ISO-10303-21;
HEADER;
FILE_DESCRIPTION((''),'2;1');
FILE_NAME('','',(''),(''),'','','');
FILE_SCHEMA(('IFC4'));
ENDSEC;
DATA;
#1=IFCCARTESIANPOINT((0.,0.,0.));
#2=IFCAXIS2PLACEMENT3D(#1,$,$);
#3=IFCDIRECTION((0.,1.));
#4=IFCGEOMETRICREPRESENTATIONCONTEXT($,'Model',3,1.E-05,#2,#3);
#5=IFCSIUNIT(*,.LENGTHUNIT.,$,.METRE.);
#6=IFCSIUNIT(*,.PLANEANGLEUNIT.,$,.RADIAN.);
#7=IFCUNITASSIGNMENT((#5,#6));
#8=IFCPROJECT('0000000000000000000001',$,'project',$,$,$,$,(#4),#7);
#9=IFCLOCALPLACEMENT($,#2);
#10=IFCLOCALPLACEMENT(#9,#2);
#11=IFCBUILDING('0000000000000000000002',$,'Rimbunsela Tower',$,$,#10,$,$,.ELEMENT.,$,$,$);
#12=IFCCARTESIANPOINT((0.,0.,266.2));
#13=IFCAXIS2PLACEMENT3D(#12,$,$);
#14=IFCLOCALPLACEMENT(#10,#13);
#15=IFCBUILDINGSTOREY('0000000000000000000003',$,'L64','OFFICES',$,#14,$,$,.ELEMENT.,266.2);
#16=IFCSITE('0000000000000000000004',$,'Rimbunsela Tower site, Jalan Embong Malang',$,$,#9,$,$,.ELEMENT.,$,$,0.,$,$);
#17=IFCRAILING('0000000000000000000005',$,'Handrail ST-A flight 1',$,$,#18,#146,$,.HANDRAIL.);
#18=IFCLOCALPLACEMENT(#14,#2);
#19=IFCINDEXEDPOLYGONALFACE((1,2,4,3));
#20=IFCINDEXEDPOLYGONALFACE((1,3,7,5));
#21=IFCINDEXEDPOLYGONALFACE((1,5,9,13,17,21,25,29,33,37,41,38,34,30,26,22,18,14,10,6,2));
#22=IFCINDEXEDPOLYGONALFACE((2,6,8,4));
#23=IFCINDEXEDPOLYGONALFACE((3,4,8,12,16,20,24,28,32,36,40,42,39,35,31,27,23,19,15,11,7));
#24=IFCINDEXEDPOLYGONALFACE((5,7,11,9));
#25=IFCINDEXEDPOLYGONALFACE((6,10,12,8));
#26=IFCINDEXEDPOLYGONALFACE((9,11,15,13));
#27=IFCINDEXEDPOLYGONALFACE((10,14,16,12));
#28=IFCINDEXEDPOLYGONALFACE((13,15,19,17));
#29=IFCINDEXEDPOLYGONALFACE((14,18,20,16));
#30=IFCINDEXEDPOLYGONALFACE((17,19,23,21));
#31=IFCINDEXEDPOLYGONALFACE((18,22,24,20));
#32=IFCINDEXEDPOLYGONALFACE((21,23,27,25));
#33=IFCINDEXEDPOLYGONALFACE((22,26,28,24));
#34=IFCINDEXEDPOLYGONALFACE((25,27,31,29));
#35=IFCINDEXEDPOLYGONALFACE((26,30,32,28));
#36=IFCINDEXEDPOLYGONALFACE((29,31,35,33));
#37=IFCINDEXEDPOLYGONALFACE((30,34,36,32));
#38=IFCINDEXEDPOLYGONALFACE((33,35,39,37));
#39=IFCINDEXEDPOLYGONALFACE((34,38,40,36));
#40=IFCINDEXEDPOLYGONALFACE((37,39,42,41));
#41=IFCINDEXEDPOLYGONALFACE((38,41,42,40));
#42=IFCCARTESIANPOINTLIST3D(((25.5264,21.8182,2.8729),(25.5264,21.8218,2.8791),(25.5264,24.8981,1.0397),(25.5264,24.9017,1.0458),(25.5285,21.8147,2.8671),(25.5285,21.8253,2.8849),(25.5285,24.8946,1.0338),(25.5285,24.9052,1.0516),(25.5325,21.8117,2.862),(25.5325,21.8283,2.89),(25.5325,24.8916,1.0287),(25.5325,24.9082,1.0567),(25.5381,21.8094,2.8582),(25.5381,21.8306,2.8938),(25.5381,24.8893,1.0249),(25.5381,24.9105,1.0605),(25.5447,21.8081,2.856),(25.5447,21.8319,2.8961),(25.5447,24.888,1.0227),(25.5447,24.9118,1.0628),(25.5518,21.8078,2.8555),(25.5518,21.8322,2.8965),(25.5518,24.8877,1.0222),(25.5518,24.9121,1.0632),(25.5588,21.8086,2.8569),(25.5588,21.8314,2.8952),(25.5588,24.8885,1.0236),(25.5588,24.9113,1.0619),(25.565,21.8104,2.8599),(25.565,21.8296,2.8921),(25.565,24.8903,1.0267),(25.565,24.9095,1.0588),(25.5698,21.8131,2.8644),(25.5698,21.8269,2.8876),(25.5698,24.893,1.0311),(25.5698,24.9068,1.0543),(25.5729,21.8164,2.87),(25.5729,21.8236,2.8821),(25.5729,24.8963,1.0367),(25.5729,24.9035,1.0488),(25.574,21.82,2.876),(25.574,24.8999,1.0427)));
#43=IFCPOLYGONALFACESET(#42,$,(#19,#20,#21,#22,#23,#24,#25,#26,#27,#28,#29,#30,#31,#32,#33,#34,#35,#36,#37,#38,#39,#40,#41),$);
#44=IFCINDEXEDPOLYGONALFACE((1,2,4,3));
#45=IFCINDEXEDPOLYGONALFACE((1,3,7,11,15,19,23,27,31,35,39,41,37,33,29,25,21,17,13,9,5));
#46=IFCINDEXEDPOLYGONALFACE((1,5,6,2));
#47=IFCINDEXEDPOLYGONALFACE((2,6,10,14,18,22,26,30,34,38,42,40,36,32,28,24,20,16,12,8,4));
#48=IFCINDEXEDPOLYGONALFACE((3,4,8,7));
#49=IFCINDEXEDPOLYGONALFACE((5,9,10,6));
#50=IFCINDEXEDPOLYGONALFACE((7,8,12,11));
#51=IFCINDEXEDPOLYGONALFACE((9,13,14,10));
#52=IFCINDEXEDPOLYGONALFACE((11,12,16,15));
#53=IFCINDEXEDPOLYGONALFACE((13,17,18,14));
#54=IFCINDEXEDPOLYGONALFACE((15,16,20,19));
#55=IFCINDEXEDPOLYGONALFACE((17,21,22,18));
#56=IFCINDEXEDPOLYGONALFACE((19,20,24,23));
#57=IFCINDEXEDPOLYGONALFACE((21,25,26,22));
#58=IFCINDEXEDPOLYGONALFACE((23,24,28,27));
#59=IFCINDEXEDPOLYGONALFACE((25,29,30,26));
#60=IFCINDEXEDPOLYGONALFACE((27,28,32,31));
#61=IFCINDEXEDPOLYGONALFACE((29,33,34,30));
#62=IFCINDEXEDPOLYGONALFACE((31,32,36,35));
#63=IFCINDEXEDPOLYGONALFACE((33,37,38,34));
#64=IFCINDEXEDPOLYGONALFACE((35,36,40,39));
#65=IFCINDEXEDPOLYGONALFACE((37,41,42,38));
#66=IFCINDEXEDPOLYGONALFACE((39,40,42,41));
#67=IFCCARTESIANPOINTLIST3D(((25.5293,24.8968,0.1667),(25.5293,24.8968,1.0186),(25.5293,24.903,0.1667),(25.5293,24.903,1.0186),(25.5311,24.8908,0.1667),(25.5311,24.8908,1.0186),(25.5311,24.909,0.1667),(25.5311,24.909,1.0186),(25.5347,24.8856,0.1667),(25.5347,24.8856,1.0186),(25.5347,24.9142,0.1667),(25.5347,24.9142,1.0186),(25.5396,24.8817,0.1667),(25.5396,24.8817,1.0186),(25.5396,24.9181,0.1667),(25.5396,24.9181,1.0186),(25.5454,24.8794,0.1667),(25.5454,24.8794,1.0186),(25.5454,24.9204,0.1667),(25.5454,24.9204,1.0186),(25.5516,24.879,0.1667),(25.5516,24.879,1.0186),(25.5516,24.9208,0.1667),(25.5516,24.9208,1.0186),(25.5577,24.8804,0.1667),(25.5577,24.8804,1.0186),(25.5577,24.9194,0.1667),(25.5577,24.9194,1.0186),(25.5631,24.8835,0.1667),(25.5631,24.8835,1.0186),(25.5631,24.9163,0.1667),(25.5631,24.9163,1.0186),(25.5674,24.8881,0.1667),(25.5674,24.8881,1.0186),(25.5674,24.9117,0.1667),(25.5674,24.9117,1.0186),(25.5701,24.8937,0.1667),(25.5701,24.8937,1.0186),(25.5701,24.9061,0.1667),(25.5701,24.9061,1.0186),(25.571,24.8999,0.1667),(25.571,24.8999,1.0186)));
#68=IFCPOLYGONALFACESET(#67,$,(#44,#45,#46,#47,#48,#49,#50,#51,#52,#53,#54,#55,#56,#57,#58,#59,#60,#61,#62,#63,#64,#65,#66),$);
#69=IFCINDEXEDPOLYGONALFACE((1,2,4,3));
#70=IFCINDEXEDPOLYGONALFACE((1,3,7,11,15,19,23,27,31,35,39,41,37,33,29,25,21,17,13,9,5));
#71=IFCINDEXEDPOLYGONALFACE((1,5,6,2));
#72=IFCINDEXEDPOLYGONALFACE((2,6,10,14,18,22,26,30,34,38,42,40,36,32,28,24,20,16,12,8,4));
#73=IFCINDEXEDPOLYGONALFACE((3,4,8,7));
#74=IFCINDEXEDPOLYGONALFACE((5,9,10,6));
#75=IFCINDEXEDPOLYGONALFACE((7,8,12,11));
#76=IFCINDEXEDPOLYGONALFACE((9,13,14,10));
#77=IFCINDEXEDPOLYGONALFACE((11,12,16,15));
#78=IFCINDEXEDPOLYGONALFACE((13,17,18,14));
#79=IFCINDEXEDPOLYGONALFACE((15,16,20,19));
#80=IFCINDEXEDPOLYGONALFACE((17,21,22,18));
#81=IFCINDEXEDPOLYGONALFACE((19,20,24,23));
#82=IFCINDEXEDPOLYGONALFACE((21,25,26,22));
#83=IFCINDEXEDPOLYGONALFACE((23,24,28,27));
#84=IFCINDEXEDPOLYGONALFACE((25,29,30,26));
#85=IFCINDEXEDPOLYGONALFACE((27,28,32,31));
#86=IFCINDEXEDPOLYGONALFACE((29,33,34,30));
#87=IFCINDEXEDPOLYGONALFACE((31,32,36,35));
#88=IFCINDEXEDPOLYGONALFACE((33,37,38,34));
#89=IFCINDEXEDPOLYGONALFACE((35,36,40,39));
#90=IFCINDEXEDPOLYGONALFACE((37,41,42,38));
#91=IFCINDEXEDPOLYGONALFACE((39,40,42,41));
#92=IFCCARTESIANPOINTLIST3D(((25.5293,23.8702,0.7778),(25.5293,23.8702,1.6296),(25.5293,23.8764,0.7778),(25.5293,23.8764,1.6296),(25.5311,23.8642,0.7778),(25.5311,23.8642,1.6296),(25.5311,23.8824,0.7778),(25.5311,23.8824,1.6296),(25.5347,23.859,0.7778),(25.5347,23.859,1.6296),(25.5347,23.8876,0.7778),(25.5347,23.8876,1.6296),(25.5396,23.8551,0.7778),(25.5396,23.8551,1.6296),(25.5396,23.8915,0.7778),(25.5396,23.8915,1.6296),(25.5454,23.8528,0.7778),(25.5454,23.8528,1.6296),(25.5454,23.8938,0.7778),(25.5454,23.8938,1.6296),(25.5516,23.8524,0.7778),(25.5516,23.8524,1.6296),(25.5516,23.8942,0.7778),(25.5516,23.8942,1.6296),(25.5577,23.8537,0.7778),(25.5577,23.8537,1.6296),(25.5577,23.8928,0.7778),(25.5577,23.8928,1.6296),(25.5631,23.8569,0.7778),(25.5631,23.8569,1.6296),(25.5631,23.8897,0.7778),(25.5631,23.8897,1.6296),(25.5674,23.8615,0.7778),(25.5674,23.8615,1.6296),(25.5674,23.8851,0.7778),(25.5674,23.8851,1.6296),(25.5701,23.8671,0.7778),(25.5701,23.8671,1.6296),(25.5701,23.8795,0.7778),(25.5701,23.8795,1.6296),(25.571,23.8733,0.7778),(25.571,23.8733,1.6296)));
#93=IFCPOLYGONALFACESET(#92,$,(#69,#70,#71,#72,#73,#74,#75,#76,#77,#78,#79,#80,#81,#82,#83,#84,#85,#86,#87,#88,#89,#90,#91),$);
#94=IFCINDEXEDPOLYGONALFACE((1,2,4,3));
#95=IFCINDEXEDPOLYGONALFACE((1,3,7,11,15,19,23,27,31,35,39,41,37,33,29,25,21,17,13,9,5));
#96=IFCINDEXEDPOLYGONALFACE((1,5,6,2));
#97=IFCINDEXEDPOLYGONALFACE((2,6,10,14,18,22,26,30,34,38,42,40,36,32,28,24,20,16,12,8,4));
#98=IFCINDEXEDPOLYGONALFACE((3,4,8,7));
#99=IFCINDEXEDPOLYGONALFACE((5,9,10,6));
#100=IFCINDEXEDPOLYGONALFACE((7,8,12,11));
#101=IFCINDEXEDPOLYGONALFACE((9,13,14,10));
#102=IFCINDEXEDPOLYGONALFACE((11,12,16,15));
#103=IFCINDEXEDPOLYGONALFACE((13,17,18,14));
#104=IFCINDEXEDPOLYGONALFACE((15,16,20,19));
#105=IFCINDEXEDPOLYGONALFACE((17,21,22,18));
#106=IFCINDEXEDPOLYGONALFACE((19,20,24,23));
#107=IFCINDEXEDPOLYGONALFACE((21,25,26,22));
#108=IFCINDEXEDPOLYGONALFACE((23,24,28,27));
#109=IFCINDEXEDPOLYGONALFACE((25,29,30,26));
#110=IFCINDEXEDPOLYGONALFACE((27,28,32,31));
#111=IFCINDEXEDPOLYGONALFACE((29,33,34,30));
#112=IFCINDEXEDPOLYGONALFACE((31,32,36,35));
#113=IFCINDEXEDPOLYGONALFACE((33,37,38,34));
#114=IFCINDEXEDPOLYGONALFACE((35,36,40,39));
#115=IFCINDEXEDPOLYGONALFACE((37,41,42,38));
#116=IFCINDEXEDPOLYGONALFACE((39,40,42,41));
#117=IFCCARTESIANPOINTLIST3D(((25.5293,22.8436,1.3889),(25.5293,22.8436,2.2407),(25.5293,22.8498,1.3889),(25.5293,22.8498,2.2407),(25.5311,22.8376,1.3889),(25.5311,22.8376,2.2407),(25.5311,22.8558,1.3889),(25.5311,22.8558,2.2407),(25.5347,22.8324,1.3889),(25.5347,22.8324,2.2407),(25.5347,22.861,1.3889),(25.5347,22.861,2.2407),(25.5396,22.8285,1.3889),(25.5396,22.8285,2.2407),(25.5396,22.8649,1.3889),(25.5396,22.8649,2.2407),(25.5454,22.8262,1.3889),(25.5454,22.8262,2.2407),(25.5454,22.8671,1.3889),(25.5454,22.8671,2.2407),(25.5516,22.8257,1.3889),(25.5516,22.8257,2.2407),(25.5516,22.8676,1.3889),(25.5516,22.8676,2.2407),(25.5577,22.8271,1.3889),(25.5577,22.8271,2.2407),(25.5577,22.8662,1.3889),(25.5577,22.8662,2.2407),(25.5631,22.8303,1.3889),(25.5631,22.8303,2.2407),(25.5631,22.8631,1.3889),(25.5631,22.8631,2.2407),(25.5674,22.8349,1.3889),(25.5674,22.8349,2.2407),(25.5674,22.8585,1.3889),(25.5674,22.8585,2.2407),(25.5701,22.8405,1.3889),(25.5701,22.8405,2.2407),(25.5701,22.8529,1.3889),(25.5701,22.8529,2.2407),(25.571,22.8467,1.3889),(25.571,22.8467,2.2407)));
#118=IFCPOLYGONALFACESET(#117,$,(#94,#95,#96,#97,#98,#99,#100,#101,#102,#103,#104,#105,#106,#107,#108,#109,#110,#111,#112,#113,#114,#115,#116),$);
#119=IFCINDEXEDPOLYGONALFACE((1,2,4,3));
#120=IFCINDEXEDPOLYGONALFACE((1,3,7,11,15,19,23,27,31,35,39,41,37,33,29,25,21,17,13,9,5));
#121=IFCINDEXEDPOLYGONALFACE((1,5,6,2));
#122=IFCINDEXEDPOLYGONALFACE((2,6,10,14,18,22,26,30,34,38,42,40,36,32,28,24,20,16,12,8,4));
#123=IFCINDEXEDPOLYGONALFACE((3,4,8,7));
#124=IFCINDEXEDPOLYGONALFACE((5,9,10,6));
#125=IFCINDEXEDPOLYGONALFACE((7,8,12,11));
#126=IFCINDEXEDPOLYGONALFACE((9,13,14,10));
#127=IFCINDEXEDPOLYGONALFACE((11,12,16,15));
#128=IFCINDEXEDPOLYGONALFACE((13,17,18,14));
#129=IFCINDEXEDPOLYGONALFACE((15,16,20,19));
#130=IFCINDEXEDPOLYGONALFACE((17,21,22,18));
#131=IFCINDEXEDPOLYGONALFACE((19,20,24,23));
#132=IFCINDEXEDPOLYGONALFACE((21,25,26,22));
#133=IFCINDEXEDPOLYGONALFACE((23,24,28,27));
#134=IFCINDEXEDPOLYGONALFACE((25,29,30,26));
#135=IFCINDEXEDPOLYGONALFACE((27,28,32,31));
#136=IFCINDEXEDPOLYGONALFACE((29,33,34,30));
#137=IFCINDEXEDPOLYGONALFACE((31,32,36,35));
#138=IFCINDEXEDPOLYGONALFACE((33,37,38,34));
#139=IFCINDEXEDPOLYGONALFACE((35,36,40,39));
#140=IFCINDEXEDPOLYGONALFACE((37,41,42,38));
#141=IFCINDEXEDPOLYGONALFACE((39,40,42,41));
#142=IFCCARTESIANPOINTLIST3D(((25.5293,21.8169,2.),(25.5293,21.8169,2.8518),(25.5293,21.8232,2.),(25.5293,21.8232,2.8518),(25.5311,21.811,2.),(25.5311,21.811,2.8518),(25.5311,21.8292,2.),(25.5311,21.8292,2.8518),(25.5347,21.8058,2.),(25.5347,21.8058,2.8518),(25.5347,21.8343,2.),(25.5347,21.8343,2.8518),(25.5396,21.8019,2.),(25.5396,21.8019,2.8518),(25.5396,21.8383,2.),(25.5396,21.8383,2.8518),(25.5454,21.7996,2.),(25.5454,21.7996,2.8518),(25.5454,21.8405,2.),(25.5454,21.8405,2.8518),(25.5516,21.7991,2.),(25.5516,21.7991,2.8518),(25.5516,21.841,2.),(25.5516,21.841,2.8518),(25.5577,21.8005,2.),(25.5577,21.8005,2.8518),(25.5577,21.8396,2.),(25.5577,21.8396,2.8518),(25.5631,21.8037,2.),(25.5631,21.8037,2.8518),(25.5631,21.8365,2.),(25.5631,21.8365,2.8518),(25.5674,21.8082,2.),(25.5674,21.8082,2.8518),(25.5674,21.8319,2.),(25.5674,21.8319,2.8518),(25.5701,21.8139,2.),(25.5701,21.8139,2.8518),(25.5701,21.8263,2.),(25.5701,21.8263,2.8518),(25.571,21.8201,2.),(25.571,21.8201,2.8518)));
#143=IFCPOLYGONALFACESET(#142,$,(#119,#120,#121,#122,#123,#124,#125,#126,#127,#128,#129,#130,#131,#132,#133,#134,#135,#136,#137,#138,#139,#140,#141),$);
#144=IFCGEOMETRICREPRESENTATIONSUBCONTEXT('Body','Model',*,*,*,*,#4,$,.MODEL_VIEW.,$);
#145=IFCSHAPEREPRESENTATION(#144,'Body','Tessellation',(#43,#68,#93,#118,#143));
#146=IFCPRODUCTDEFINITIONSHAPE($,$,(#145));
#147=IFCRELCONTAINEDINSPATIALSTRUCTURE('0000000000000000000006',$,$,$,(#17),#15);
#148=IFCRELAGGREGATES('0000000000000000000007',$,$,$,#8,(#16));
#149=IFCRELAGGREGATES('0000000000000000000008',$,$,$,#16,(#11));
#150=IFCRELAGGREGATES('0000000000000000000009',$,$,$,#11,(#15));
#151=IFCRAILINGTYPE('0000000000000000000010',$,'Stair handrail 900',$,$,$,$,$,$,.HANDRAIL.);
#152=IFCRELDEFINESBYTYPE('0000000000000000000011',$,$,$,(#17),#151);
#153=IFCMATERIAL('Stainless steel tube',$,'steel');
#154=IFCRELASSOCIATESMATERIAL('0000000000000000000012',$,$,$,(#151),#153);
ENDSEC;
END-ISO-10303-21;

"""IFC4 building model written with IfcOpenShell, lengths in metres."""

from ifc_helpers import new_model, si_unit, direction, frame, origin, origin_2d, place, context, subcontext, project, spatial, circle, extrude, material, type_object, element, save


model = new_model("IFC4")

# Units and contexts
model_context = context("Model", 3, precision=1e-05, world=origin(), true_north=direction((0.0, 1.0)))
body_context = subcontext(model_context, "Body", "Model", "MODEL_VIEW")
ifc_project = project(units=[si_unit("LENGTHUNIT", "METRE"), si_unit("PLANEANGLEUNIT", "RADIAN")], contexts=[model_context])

# Site, building, storey
site_placement = place(None, origin())
site = spatial("IfcSite", under=ifc_project, at=site_placement, Name="Rimbunsela Tower site, Jalan Embong Malang", CompositionType="ELEMENT", RefElevation=0.0)
building_placement = place(site_placement, origin())
building = spatial("IfcBuilding", under=site, at=building_placement, Name="Rimbunsela Tower", CompositionType="ELEMENT")
storey_placement = place(building_placement, frame((0.0, 0.0, 266.2)))
storey = spatial("IfcBuildingStorey", under=building, at=storey_placement, Name="L64", Description="OFFICES", CompositionType="ELEMENT", Elevation=266.2)

# Railing
ifc_material_1 = material(Name="Stainless steel tube", Category="steel")
railing_type = type_object("IfcRailingType", Name="Stair handrail 900", PredefinedType="HANDRAIL", material=ifc_material_1)
for number, where, name in (
    (1, (25.55, 24.8999, 0.1667), "Handrail ST-A flight 1"),
):
    element("IfcRailing", number, at=place(storey_placement, frame(where)), inside=storey, type_object=railing_type, Name=name, PredefinedType="HANDRAIL", context=body_context, shape_type="SweptSolid", body=[
        extrude(circle(Radius=0.0239, at=origin_2d()), frame((0.0, 0.0, 0.876), z_axis=(0.0, -0.859291, 0.511487), x_axis=(1.0, 0.0, 0.0)), (0.0, 0.0, 1.0), 3.5842),
        extrude(circle(Radius=0.021, at=origin_2d()), origin(), (0.0, 0.0, 1.0), 0.8518),
        extrude(circle(Radius=0.021, at=origin_2d()), frame((0.0, -1.0266, 0.6111)), (0.0, 0.0, 1.0), 0.8518),
        extrude(circle(Radius=0.021, at=origin_2d()), frame((0.0, -2.0532, 1.2222)), (0.0, 0.0, 1.0), 0.8518),
        extrude(circle(Radius=0.021, at=origin_2d()), frame((0.0, -3.0798, 1.8333)), (0.0, 0.0, 1.0), 0.8518),
    ])

save(model, "model.ifc")
